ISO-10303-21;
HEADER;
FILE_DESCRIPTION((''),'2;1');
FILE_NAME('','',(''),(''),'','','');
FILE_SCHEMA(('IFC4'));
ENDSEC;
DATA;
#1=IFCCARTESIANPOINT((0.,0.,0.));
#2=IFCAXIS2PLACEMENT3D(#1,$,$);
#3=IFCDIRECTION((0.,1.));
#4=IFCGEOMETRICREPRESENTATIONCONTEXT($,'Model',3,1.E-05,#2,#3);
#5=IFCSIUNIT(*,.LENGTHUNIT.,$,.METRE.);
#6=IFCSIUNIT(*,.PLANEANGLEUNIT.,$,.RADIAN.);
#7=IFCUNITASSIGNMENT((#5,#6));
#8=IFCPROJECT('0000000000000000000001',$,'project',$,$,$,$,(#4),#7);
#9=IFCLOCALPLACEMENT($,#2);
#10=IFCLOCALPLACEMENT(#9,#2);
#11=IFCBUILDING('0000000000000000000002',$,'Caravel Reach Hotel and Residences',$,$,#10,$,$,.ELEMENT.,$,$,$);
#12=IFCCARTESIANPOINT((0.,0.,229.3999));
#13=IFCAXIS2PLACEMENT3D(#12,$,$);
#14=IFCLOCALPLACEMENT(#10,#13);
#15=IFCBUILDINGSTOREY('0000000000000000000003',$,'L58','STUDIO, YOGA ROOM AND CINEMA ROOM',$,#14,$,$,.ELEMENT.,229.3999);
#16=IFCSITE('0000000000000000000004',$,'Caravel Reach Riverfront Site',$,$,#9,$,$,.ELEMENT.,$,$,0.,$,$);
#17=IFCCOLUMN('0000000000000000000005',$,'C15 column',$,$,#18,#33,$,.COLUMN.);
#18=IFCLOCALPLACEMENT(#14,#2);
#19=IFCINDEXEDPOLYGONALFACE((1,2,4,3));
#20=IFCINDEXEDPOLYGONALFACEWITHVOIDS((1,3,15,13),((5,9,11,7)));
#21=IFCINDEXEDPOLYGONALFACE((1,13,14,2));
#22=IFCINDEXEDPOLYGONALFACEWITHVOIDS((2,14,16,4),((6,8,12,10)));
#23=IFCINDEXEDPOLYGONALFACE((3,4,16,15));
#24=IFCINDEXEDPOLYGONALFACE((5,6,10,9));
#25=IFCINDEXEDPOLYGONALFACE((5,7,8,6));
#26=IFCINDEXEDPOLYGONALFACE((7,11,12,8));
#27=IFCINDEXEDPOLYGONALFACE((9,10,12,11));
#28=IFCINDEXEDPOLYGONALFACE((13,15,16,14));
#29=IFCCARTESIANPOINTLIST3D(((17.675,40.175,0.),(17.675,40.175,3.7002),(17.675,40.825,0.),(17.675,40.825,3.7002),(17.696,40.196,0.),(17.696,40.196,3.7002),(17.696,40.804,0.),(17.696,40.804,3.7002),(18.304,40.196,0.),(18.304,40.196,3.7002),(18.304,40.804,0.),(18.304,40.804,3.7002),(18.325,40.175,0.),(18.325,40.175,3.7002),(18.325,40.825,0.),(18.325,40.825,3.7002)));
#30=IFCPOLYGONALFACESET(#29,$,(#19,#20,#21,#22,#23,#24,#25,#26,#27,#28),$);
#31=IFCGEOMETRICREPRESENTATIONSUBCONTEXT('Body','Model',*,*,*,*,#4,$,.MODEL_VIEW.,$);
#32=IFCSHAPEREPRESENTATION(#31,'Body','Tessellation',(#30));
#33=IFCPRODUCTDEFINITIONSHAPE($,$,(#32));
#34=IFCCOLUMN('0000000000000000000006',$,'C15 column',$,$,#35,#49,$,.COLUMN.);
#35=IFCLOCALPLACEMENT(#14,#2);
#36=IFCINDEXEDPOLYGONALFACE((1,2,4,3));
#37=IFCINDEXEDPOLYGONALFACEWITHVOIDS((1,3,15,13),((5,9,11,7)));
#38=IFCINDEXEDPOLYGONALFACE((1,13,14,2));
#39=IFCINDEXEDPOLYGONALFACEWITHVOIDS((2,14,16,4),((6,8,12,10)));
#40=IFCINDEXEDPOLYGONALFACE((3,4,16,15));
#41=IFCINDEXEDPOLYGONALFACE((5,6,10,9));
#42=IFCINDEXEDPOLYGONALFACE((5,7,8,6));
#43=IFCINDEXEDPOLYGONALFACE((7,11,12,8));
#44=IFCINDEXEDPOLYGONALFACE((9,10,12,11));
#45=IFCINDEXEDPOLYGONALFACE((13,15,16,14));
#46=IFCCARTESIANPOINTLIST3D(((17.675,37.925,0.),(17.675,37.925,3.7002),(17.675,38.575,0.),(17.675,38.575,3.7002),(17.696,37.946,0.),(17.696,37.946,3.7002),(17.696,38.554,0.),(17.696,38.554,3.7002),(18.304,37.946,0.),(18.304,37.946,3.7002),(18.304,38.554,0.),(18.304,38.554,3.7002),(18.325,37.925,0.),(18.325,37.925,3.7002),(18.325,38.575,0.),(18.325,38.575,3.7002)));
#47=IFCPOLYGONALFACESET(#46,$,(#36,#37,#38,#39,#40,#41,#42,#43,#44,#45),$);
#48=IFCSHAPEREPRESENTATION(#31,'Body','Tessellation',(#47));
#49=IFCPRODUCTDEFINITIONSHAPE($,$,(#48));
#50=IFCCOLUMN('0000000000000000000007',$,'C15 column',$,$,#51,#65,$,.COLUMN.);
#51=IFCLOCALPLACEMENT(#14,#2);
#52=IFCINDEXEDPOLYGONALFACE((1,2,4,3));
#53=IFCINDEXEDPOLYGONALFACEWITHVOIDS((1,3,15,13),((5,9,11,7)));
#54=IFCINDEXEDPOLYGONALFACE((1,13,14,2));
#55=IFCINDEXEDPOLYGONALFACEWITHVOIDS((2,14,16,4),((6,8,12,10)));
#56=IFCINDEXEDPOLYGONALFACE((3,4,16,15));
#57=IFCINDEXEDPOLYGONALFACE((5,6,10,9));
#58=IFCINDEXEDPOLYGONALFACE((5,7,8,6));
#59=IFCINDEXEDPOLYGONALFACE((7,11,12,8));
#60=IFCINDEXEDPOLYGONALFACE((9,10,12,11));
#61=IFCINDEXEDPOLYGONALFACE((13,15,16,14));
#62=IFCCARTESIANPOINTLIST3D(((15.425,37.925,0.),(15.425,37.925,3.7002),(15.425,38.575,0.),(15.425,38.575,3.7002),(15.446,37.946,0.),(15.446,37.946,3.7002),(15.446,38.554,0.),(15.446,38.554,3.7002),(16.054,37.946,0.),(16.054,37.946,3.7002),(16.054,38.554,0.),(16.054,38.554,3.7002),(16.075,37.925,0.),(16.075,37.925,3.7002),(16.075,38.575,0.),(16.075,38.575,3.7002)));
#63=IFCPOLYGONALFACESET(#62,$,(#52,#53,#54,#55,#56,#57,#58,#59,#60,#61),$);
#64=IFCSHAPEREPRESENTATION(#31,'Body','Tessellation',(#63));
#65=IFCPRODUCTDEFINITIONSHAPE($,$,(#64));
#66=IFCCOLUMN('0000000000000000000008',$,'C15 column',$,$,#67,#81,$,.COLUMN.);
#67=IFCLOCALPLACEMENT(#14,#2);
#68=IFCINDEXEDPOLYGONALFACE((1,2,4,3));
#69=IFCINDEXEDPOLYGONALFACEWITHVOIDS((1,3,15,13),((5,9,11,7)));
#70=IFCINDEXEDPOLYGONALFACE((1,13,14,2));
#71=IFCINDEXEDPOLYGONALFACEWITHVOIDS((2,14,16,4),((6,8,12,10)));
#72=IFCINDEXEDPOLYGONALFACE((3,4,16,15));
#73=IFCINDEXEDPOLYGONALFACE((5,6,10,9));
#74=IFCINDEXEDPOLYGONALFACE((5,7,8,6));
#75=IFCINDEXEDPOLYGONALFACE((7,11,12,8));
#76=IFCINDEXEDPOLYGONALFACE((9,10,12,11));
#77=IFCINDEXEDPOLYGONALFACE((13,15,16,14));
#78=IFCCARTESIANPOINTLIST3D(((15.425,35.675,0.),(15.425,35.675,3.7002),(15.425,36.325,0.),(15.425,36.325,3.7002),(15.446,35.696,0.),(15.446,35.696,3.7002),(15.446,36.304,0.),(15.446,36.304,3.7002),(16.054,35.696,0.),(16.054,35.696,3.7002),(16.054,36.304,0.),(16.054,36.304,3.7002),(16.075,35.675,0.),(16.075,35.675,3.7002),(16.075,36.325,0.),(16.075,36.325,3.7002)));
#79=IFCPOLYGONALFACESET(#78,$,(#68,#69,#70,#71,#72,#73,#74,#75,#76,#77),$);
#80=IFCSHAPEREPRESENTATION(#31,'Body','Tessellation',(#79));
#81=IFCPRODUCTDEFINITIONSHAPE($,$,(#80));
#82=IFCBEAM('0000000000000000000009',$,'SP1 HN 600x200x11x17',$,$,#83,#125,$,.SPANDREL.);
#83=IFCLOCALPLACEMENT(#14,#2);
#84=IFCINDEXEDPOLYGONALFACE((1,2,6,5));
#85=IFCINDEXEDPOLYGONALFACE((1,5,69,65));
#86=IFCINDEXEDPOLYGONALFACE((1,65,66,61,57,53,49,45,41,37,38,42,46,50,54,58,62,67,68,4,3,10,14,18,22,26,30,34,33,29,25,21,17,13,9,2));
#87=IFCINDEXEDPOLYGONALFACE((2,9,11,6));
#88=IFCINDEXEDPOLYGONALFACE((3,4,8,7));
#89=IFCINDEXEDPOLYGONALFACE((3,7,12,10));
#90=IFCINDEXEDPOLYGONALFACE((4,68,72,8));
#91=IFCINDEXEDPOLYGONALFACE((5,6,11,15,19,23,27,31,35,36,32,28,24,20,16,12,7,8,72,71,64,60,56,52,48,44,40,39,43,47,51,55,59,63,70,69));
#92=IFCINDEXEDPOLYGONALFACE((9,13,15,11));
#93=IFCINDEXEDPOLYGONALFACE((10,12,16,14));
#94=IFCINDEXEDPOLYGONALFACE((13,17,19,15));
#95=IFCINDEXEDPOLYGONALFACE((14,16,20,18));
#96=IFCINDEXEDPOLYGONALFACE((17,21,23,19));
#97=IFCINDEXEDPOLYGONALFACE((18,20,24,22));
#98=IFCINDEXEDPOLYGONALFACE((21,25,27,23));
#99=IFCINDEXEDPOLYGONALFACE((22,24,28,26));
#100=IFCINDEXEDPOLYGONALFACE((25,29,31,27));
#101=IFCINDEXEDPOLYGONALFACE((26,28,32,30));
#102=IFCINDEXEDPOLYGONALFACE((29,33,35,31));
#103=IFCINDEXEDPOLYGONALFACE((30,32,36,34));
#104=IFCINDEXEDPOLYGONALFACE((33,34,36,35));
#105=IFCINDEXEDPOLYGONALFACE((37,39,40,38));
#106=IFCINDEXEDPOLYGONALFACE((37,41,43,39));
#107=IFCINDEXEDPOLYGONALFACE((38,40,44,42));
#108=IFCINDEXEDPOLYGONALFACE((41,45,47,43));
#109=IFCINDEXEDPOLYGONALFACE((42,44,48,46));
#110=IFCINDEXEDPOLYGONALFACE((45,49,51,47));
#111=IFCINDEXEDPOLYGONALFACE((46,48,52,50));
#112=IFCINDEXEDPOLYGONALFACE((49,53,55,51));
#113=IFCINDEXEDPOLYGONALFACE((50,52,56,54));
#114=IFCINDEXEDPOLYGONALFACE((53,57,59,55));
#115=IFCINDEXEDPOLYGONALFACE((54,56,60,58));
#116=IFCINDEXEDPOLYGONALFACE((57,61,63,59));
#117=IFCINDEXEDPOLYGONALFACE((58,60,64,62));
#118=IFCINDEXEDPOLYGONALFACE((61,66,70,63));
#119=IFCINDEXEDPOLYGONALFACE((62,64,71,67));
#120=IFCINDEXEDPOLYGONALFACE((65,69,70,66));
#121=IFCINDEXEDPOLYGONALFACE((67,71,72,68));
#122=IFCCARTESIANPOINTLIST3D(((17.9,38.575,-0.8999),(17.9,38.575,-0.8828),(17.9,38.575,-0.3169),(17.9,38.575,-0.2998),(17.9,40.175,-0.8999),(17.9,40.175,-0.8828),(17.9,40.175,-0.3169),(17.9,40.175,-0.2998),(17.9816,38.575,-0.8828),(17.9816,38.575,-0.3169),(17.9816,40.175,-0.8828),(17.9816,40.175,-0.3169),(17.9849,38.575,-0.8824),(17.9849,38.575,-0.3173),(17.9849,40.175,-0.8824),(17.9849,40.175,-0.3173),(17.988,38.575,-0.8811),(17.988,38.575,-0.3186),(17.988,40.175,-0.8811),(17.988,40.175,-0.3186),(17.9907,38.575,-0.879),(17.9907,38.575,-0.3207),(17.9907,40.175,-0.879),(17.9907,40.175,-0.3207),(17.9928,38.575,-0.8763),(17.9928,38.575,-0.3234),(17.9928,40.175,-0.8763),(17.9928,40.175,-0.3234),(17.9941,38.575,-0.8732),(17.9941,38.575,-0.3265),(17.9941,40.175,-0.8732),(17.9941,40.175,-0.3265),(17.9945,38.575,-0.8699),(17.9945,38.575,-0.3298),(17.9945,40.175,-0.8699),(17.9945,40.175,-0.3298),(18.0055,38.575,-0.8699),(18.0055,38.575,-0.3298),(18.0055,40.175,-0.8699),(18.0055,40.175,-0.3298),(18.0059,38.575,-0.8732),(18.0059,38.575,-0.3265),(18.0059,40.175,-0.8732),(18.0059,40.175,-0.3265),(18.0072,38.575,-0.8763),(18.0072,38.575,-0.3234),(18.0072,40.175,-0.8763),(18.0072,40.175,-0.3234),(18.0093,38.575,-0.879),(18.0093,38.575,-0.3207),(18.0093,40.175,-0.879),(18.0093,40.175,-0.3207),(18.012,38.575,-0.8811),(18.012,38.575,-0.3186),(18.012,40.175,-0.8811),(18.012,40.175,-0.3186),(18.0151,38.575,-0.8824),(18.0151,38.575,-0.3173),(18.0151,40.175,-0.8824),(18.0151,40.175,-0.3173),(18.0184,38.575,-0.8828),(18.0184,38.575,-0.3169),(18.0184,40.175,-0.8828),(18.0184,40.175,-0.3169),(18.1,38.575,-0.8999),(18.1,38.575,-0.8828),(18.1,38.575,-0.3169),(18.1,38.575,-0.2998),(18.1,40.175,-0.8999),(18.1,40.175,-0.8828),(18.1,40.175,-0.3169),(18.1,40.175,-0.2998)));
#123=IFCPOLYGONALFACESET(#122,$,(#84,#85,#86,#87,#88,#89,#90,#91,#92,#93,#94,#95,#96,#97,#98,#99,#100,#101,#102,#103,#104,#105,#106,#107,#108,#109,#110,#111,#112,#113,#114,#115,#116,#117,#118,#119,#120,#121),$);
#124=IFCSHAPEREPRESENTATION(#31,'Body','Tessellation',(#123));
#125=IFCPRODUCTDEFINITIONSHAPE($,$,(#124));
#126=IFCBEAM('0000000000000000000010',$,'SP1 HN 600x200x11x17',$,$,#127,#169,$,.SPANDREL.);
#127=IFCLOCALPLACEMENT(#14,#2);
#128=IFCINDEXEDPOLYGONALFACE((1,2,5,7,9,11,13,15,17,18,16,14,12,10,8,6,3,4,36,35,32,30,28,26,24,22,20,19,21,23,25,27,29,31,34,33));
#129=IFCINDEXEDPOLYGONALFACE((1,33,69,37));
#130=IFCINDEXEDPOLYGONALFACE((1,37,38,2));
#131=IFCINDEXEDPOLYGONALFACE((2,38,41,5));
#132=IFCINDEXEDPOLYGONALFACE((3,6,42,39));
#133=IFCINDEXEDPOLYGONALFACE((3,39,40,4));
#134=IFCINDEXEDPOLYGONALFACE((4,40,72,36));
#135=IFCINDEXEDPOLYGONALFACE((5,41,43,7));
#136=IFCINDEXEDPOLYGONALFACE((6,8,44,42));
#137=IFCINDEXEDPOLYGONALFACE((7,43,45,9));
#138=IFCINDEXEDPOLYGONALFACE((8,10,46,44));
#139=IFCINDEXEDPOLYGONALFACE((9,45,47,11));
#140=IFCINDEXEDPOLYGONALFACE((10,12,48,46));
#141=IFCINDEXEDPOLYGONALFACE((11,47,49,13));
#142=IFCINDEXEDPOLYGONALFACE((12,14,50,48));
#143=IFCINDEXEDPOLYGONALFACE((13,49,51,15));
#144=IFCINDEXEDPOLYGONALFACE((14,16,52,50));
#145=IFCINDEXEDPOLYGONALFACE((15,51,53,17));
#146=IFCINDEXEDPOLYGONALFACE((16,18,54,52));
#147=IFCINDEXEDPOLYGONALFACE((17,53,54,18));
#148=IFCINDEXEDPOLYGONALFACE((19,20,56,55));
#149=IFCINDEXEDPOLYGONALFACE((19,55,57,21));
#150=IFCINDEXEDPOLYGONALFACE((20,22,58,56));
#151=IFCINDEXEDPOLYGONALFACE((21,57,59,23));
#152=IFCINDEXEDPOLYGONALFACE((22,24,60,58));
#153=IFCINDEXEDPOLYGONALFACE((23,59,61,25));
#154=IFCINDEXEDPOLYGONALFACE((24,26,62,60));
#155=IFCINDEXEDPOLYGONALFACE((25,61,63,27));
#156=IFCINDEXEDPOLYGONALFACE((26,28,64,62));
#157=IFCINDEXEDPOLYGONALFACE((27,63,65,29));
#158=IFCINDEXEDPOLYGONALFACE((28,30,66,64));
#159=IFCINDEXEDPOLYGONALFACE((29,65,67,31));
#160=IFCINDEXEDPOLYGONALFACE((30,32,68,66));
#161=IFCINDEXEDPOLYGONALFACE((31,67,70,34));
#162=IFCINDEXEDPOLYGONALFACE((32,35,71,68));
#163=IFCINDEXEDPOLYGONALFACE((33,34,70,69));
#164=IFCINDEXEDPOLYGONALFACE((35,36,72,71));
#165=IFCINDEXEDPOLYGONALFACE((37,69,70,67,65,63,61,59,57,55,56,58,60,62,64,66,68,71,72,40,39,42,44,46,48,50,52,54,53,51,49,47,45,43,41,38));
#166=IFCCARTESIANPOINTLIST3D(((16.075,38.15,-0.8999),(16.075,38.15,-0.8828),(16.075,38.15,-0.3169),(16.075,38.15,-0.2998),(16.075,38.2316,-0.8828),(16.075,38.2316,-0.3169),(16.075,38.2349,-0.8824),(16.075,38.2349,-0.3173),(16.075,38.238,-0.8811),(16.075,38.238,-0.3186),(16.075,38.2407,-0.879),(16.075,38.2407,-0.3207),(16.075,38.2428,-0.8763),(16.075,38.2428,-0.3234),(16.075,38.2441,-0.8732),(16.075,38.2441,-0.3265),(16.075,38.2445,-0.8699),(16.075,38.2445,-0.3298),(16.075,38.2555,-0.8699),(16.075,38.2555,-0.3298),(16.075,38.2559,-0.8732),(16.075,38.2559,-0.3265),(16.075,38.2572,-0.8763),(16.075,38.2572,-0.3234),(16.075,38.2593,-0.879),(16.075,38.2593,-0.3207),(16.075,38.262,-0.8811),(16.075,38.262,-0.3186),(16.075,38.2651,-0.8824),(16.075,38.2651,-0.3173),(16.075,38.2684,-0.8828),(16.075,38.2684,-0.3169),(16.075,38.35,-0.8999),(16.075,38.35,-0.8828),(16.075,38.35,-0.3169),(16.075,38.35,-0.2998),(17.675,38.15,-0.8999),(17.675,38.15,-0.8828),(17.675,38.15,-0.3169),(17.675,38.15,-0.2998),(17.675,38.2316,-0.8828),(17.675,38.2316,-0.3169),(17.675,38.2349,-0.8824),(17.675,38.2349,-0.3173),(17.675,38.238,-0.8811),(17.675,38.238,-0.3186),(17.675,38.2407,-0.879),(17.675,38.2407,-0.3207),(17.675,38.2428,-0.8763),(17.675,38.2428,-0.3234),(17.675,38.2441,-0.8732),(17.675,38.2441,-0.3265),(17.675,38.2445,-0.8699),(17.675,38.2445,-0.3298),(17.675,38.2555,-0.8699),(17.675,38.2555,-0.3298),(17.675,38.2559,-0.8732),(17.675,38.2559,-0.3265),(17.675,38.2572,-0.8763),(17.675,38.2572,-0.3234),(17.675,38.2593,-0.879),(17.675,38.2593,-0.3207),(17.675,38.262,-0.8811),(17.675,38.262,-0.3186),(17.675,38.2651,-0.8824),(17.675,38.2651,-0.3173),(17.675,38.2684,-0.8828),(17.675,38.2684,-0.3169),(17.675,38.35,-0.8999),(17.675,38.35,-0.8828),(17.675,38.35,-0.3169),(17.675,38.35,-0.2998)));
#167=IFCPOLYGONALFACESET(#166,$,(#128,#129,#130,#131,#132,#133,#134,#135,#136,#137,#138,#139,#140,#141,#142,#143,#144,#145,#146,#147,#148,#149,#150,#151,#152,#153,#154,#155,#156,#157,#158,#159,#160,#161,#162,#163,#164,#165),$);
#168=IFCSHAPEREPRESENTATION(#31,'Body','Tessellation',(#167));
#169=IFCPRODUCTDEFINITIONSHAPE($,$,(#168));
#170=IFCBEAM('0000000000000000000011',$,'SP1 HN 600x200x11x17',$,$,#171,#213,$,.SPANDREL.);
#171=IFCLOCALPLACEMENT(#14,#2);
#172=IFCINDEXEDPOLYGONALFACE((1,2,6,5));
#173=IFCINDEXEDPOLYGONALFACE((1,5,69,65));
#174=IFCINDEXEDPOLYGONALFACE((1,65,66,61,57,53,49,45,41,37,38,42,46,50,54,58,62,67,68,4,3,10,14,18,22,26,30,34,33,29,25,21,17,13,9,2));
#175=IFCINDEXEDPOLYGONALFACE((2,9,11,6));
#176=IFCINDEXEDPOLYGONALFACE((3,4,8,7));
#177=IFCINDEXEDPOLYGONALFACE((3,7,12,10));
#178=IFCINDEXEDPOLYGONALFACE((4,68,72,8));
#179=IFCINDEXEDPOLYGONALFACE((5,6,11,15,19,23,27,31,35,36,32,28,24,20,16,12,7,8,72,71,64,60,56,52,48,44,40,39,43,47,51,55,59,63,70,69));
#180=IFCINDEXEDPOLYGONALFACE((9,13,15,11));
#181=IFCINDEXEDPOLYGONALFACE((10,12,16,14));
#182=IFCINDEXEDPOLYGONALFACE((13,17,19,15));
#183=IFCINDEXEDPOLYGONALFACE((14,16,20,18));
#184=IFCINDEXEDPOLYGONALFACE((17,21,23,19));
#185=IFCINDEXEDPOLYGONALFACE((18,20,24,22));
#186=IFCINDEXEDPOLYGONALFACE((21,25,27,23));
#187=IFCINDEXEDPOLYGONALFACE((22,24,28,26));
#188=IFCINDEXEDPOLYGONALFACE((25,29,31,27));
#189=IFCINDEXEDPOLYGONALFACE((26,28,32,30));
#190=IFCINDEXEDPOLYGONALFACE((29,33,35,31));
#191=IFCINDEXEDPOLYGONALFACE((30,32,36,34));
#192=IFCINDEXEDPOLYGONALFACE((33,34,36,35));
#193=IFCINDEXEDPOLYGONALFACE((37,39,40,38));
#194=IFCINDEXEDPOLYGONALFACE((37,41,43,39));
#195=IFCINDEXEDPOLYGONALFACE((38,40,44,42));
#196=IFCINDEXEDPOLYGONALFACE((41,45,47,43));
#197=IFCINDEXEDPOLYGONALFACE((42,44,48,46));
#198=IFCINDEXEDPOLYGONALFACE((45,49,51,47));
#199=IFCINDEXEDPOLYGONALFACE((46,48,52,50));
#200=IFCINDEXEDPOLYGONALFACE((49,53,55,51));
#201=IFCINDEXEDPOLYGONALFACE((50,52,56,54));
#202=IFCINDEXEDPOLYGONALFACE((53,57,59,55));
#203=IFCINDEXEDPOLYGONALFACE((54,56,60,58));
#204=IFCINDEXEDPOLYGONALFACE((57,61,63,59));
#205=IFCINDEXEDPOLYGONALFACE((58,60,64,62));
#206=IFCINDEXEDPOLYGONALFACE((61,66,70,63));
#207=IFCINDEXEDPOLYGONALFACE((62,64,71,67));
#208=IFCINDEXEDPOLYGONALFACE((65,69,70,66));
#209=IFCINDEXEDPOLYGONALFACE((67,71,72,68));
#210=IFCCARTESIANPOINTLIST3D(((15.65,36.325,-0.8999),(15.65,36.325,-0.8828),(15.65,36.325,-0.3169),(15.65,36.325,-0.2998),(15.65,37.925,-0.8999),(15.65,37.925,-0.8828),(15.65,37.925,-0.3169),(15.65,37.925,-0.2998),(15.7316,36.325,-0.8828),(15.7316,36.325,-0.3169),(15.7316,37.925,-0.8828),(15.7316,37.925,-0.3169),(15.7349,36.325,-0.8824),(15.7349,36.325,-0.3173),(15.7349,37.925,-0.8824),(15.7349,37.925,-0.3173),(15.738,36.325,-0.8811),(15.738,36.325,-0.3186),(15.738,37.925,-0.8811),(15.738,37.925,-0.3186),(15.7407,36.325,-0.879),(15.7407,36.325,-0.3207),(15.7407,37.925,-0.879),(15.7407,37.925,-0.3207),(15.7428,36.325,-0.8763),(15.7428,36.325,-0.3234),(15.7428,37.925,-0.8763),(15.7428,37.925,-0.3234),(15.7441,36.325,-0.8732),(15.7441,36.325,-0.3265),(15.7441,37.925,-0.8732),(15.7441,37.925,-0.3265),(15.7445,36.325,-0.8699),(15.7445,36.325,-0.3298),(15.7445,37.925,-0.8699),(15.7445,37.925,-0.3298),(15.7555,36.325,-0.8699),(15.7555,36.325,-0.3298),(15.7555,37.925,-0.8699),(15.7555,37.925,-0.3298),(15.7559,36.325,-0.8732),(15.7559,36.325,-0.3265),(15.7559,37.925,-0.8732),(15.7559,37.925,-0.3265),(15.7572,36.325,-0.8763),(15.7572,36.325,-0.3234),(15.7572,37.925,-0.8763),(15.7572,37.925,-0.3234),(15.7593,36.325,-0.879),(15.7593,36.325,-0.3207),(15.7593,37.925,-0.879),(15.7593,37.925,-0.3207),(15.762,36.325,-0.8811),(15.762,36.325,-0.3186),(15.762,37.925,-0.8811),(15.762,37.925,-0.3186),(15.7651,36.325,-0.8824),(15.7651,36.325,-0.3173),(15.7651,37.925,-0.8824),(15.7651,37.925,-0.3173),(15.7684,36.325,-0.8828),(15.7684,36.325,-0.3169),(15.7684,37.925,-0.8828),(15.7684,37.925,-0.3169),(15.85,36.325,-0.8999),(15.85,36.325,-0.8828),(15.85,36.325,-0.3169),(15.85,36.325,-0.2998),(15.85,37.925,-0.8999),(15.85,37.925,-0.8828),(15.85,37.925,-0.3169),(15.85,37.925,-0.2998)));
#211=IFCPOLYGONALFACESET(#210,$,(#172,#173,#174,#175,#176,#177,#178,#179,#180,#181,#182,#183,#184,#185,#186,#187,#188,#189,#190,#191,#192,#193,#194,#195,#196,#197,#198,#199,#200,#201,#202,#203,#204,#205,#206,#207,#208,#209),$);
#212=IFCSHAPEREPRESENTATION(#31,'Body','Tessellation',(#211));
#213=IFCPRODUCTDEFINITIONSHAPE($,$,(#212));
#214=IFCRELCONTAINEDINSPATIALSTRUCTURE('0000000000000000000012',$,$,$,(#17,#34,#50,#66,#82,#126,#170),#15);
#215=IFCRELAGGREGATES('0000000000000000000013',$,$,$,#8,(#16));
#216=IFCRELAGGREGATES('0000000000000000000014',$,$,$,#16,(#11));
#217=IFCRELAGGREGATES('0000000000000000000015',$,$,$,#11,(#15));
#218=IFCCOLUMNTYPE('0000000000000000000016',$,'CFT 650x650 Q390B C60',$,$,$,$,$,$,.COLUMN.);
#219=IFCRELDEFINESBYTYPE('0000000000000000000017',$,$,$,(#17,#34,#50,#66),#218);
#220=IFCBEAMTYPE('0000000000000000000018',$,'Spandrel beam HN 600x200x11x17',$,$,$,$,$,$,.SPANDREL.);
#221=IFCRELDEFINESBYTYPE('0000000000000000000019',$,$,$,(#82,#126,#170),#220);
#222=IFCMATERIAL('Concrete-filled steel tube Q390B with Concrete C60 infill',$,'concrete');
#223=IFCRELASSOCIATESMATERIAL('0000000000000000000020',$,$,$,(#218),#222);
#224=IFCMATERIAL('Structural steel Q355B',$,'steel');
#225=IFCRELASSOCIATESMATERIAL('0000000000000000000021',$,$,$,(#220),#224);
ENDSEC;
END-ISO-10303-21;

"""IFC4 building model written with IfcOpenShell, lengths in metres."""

from ifc_helpers import new_model, si_unit, direction, frame, origin, origin_2d, place, context, subcontext, project, spatial, hollow_rectangle, i_section, extrude, material, material_profile, profile_set, type_object, element, save


model = new_model("IFC4")

# Units and contexts
model_context = context("Model", 3, precision=1e-05, world=origin(), true_north=direction((0.0, 1.0)))
body_context = subcontext(model_context, "Body", "Model", "MODEL_VIEW")
ifc_project = project(units=[si_unit("LENGTHUNIT", "METRE"), si_unit("PLANEANGLEUNIT", "RADIAN")], contexts=[model_context])

# Site, building, storey
site_placement = place(None, origin())
site = spatial("IfcSite", under=ifc_project, at=site_placement, Name="Caravel Reach Riverfront Site", CompositionType="ELEMENT", RefElevation=0.0)
building_placement = place(site_placement, origin())
building = spatial("IfcBuilding", under=site, at=building_placement, Name="Caravel Reach Hotel and Residences", CompositionType="ELEMENT")
storey_placement = place(building_placement, frame((0.0, 0.0, 229.3999)))
storey = spatial("IfcBuildingStorey", under=building, at=storey_placement, Name="L58", Description="STUDIO, YOGA ROOM AND CINEMA ROOM", CompositionType="ELEMENT", Elevation=229.3999)

# Columns
ifc_material_1 = material(Name="Concrete-filled steel tube Q390B with Concrete C60 infill", Category="concrete")
ifc_material_profile_1 = material_profile(ifc_material_1, hollow_rectangle(XDim=0.6499, YDim=0.6499, WallThickness=0.021, at=origin_2d()), Name="RHS 650x650x21")
ifc_profile_set_1 = profile_set([ifc_material_profile_1], Name="Concrete-filled steel tube Q390B with Concrete C60 infill")
column_type = type_object("IfcColumnType", Name="CFT 650x650 Q390B C60", PredefinedType="COLUMN", material=ifc_profile_set_1)
for number, where, z_axis, x_axis, name in (
    (1, (18.0, 40.5, 0.0), (0.0, 0.0, 1.0), (1.0, 0.0, 0.0), "C15 column"),
    (2, (18.0, 38.25, 0.0), (0.0, 0.0, 1.0), (1.0, 0.0, 0.0), "C15 column"),
    (3, (15.75, 38.25, 0.0), (0.0, 0.0, 1.0), (1.0, 0.0, 0.0), "C15 column"),
    (4, (15.75, 36.0, 0.0), (0.0, 0.0, 1.0), (1.0, 0.0, 0.0), "C15 column"),
):
    element("IfcColumn", number, at=place(storey_placement, frame(where, z_axis=z_axis, x_axis=x_axis)), inside=storey, type_object=column_type, Name=name, PredefinedType="COLUMN", context=body_context, shape_type="SweptSolid", body=[
        extrude(hollow_rectangle(XDim=0.6499, YDim=0.6499, WallThickness=0.021, at=origin_2d()), origin(), (0.0, 0.0, 1.0), 3.7002),
    ])

# Beams
ifc_material_2 = material(Name="Structural steel Q355B", Category="steel")
ifc_material_profile_2 = material_profile(ifc_material_2, i_section(OverallWidth=0.2, OverallDepth=0.6001, WebThickness=0.011, FlangeThickness=0.0171, FilletRadius=0.0129, at=origin_2d()), Name="HN 600x200x11x17")
ifc_profile_set_2 = profile_set([ifc_material_profile_2], Name="Structural steel Q355B")
beam_type = type_object("IfcBeamType", Name="Spandrel beam HN 600x200x11x17", PredefinedType="SPANDREL", material=ifc_profile_set_2)
for number, where, z_axis, x_axis, name in (
    (5, (18.0, 40.175, -0.5999), (0.0, -1.0, 0.0), (1.0, 0.0, 0.0), "SP1 HN 600x200x11x17"),
    (6, (17.675, 38.25, -0.5999), (-1.0, 0.0, 0.0), (0.0, -1.0, 0.0), "SP1 HN 600x200x11x17"),
    (7, (15.75, 37.925, -0.5999), (0.0, -1.0, 0.0), (1.0, 0.0, 0.0), "SP1 HN 600x200x11x17"),
):
    element("IfcBeam", number, at=place(storey_placement, frame(where, z_axis=z_axis, x_axis=x_axis)), inside=storey, type_object=beam_type, Name=name, PredefinedType="SPANDREL", context=body_context, shape_type="SweptSolid", body=[
        extrude(i_section(OverallWidth=0.2, OverallDepth=0.6001, WebThickness=0.011, FlangeThickness=0.0171, FilletRadius=0.0129, at=origin_2d()), origin(), (0.0, 0.0, 1.0), 1.6001),
    ])

save(model, "model.ifc")
